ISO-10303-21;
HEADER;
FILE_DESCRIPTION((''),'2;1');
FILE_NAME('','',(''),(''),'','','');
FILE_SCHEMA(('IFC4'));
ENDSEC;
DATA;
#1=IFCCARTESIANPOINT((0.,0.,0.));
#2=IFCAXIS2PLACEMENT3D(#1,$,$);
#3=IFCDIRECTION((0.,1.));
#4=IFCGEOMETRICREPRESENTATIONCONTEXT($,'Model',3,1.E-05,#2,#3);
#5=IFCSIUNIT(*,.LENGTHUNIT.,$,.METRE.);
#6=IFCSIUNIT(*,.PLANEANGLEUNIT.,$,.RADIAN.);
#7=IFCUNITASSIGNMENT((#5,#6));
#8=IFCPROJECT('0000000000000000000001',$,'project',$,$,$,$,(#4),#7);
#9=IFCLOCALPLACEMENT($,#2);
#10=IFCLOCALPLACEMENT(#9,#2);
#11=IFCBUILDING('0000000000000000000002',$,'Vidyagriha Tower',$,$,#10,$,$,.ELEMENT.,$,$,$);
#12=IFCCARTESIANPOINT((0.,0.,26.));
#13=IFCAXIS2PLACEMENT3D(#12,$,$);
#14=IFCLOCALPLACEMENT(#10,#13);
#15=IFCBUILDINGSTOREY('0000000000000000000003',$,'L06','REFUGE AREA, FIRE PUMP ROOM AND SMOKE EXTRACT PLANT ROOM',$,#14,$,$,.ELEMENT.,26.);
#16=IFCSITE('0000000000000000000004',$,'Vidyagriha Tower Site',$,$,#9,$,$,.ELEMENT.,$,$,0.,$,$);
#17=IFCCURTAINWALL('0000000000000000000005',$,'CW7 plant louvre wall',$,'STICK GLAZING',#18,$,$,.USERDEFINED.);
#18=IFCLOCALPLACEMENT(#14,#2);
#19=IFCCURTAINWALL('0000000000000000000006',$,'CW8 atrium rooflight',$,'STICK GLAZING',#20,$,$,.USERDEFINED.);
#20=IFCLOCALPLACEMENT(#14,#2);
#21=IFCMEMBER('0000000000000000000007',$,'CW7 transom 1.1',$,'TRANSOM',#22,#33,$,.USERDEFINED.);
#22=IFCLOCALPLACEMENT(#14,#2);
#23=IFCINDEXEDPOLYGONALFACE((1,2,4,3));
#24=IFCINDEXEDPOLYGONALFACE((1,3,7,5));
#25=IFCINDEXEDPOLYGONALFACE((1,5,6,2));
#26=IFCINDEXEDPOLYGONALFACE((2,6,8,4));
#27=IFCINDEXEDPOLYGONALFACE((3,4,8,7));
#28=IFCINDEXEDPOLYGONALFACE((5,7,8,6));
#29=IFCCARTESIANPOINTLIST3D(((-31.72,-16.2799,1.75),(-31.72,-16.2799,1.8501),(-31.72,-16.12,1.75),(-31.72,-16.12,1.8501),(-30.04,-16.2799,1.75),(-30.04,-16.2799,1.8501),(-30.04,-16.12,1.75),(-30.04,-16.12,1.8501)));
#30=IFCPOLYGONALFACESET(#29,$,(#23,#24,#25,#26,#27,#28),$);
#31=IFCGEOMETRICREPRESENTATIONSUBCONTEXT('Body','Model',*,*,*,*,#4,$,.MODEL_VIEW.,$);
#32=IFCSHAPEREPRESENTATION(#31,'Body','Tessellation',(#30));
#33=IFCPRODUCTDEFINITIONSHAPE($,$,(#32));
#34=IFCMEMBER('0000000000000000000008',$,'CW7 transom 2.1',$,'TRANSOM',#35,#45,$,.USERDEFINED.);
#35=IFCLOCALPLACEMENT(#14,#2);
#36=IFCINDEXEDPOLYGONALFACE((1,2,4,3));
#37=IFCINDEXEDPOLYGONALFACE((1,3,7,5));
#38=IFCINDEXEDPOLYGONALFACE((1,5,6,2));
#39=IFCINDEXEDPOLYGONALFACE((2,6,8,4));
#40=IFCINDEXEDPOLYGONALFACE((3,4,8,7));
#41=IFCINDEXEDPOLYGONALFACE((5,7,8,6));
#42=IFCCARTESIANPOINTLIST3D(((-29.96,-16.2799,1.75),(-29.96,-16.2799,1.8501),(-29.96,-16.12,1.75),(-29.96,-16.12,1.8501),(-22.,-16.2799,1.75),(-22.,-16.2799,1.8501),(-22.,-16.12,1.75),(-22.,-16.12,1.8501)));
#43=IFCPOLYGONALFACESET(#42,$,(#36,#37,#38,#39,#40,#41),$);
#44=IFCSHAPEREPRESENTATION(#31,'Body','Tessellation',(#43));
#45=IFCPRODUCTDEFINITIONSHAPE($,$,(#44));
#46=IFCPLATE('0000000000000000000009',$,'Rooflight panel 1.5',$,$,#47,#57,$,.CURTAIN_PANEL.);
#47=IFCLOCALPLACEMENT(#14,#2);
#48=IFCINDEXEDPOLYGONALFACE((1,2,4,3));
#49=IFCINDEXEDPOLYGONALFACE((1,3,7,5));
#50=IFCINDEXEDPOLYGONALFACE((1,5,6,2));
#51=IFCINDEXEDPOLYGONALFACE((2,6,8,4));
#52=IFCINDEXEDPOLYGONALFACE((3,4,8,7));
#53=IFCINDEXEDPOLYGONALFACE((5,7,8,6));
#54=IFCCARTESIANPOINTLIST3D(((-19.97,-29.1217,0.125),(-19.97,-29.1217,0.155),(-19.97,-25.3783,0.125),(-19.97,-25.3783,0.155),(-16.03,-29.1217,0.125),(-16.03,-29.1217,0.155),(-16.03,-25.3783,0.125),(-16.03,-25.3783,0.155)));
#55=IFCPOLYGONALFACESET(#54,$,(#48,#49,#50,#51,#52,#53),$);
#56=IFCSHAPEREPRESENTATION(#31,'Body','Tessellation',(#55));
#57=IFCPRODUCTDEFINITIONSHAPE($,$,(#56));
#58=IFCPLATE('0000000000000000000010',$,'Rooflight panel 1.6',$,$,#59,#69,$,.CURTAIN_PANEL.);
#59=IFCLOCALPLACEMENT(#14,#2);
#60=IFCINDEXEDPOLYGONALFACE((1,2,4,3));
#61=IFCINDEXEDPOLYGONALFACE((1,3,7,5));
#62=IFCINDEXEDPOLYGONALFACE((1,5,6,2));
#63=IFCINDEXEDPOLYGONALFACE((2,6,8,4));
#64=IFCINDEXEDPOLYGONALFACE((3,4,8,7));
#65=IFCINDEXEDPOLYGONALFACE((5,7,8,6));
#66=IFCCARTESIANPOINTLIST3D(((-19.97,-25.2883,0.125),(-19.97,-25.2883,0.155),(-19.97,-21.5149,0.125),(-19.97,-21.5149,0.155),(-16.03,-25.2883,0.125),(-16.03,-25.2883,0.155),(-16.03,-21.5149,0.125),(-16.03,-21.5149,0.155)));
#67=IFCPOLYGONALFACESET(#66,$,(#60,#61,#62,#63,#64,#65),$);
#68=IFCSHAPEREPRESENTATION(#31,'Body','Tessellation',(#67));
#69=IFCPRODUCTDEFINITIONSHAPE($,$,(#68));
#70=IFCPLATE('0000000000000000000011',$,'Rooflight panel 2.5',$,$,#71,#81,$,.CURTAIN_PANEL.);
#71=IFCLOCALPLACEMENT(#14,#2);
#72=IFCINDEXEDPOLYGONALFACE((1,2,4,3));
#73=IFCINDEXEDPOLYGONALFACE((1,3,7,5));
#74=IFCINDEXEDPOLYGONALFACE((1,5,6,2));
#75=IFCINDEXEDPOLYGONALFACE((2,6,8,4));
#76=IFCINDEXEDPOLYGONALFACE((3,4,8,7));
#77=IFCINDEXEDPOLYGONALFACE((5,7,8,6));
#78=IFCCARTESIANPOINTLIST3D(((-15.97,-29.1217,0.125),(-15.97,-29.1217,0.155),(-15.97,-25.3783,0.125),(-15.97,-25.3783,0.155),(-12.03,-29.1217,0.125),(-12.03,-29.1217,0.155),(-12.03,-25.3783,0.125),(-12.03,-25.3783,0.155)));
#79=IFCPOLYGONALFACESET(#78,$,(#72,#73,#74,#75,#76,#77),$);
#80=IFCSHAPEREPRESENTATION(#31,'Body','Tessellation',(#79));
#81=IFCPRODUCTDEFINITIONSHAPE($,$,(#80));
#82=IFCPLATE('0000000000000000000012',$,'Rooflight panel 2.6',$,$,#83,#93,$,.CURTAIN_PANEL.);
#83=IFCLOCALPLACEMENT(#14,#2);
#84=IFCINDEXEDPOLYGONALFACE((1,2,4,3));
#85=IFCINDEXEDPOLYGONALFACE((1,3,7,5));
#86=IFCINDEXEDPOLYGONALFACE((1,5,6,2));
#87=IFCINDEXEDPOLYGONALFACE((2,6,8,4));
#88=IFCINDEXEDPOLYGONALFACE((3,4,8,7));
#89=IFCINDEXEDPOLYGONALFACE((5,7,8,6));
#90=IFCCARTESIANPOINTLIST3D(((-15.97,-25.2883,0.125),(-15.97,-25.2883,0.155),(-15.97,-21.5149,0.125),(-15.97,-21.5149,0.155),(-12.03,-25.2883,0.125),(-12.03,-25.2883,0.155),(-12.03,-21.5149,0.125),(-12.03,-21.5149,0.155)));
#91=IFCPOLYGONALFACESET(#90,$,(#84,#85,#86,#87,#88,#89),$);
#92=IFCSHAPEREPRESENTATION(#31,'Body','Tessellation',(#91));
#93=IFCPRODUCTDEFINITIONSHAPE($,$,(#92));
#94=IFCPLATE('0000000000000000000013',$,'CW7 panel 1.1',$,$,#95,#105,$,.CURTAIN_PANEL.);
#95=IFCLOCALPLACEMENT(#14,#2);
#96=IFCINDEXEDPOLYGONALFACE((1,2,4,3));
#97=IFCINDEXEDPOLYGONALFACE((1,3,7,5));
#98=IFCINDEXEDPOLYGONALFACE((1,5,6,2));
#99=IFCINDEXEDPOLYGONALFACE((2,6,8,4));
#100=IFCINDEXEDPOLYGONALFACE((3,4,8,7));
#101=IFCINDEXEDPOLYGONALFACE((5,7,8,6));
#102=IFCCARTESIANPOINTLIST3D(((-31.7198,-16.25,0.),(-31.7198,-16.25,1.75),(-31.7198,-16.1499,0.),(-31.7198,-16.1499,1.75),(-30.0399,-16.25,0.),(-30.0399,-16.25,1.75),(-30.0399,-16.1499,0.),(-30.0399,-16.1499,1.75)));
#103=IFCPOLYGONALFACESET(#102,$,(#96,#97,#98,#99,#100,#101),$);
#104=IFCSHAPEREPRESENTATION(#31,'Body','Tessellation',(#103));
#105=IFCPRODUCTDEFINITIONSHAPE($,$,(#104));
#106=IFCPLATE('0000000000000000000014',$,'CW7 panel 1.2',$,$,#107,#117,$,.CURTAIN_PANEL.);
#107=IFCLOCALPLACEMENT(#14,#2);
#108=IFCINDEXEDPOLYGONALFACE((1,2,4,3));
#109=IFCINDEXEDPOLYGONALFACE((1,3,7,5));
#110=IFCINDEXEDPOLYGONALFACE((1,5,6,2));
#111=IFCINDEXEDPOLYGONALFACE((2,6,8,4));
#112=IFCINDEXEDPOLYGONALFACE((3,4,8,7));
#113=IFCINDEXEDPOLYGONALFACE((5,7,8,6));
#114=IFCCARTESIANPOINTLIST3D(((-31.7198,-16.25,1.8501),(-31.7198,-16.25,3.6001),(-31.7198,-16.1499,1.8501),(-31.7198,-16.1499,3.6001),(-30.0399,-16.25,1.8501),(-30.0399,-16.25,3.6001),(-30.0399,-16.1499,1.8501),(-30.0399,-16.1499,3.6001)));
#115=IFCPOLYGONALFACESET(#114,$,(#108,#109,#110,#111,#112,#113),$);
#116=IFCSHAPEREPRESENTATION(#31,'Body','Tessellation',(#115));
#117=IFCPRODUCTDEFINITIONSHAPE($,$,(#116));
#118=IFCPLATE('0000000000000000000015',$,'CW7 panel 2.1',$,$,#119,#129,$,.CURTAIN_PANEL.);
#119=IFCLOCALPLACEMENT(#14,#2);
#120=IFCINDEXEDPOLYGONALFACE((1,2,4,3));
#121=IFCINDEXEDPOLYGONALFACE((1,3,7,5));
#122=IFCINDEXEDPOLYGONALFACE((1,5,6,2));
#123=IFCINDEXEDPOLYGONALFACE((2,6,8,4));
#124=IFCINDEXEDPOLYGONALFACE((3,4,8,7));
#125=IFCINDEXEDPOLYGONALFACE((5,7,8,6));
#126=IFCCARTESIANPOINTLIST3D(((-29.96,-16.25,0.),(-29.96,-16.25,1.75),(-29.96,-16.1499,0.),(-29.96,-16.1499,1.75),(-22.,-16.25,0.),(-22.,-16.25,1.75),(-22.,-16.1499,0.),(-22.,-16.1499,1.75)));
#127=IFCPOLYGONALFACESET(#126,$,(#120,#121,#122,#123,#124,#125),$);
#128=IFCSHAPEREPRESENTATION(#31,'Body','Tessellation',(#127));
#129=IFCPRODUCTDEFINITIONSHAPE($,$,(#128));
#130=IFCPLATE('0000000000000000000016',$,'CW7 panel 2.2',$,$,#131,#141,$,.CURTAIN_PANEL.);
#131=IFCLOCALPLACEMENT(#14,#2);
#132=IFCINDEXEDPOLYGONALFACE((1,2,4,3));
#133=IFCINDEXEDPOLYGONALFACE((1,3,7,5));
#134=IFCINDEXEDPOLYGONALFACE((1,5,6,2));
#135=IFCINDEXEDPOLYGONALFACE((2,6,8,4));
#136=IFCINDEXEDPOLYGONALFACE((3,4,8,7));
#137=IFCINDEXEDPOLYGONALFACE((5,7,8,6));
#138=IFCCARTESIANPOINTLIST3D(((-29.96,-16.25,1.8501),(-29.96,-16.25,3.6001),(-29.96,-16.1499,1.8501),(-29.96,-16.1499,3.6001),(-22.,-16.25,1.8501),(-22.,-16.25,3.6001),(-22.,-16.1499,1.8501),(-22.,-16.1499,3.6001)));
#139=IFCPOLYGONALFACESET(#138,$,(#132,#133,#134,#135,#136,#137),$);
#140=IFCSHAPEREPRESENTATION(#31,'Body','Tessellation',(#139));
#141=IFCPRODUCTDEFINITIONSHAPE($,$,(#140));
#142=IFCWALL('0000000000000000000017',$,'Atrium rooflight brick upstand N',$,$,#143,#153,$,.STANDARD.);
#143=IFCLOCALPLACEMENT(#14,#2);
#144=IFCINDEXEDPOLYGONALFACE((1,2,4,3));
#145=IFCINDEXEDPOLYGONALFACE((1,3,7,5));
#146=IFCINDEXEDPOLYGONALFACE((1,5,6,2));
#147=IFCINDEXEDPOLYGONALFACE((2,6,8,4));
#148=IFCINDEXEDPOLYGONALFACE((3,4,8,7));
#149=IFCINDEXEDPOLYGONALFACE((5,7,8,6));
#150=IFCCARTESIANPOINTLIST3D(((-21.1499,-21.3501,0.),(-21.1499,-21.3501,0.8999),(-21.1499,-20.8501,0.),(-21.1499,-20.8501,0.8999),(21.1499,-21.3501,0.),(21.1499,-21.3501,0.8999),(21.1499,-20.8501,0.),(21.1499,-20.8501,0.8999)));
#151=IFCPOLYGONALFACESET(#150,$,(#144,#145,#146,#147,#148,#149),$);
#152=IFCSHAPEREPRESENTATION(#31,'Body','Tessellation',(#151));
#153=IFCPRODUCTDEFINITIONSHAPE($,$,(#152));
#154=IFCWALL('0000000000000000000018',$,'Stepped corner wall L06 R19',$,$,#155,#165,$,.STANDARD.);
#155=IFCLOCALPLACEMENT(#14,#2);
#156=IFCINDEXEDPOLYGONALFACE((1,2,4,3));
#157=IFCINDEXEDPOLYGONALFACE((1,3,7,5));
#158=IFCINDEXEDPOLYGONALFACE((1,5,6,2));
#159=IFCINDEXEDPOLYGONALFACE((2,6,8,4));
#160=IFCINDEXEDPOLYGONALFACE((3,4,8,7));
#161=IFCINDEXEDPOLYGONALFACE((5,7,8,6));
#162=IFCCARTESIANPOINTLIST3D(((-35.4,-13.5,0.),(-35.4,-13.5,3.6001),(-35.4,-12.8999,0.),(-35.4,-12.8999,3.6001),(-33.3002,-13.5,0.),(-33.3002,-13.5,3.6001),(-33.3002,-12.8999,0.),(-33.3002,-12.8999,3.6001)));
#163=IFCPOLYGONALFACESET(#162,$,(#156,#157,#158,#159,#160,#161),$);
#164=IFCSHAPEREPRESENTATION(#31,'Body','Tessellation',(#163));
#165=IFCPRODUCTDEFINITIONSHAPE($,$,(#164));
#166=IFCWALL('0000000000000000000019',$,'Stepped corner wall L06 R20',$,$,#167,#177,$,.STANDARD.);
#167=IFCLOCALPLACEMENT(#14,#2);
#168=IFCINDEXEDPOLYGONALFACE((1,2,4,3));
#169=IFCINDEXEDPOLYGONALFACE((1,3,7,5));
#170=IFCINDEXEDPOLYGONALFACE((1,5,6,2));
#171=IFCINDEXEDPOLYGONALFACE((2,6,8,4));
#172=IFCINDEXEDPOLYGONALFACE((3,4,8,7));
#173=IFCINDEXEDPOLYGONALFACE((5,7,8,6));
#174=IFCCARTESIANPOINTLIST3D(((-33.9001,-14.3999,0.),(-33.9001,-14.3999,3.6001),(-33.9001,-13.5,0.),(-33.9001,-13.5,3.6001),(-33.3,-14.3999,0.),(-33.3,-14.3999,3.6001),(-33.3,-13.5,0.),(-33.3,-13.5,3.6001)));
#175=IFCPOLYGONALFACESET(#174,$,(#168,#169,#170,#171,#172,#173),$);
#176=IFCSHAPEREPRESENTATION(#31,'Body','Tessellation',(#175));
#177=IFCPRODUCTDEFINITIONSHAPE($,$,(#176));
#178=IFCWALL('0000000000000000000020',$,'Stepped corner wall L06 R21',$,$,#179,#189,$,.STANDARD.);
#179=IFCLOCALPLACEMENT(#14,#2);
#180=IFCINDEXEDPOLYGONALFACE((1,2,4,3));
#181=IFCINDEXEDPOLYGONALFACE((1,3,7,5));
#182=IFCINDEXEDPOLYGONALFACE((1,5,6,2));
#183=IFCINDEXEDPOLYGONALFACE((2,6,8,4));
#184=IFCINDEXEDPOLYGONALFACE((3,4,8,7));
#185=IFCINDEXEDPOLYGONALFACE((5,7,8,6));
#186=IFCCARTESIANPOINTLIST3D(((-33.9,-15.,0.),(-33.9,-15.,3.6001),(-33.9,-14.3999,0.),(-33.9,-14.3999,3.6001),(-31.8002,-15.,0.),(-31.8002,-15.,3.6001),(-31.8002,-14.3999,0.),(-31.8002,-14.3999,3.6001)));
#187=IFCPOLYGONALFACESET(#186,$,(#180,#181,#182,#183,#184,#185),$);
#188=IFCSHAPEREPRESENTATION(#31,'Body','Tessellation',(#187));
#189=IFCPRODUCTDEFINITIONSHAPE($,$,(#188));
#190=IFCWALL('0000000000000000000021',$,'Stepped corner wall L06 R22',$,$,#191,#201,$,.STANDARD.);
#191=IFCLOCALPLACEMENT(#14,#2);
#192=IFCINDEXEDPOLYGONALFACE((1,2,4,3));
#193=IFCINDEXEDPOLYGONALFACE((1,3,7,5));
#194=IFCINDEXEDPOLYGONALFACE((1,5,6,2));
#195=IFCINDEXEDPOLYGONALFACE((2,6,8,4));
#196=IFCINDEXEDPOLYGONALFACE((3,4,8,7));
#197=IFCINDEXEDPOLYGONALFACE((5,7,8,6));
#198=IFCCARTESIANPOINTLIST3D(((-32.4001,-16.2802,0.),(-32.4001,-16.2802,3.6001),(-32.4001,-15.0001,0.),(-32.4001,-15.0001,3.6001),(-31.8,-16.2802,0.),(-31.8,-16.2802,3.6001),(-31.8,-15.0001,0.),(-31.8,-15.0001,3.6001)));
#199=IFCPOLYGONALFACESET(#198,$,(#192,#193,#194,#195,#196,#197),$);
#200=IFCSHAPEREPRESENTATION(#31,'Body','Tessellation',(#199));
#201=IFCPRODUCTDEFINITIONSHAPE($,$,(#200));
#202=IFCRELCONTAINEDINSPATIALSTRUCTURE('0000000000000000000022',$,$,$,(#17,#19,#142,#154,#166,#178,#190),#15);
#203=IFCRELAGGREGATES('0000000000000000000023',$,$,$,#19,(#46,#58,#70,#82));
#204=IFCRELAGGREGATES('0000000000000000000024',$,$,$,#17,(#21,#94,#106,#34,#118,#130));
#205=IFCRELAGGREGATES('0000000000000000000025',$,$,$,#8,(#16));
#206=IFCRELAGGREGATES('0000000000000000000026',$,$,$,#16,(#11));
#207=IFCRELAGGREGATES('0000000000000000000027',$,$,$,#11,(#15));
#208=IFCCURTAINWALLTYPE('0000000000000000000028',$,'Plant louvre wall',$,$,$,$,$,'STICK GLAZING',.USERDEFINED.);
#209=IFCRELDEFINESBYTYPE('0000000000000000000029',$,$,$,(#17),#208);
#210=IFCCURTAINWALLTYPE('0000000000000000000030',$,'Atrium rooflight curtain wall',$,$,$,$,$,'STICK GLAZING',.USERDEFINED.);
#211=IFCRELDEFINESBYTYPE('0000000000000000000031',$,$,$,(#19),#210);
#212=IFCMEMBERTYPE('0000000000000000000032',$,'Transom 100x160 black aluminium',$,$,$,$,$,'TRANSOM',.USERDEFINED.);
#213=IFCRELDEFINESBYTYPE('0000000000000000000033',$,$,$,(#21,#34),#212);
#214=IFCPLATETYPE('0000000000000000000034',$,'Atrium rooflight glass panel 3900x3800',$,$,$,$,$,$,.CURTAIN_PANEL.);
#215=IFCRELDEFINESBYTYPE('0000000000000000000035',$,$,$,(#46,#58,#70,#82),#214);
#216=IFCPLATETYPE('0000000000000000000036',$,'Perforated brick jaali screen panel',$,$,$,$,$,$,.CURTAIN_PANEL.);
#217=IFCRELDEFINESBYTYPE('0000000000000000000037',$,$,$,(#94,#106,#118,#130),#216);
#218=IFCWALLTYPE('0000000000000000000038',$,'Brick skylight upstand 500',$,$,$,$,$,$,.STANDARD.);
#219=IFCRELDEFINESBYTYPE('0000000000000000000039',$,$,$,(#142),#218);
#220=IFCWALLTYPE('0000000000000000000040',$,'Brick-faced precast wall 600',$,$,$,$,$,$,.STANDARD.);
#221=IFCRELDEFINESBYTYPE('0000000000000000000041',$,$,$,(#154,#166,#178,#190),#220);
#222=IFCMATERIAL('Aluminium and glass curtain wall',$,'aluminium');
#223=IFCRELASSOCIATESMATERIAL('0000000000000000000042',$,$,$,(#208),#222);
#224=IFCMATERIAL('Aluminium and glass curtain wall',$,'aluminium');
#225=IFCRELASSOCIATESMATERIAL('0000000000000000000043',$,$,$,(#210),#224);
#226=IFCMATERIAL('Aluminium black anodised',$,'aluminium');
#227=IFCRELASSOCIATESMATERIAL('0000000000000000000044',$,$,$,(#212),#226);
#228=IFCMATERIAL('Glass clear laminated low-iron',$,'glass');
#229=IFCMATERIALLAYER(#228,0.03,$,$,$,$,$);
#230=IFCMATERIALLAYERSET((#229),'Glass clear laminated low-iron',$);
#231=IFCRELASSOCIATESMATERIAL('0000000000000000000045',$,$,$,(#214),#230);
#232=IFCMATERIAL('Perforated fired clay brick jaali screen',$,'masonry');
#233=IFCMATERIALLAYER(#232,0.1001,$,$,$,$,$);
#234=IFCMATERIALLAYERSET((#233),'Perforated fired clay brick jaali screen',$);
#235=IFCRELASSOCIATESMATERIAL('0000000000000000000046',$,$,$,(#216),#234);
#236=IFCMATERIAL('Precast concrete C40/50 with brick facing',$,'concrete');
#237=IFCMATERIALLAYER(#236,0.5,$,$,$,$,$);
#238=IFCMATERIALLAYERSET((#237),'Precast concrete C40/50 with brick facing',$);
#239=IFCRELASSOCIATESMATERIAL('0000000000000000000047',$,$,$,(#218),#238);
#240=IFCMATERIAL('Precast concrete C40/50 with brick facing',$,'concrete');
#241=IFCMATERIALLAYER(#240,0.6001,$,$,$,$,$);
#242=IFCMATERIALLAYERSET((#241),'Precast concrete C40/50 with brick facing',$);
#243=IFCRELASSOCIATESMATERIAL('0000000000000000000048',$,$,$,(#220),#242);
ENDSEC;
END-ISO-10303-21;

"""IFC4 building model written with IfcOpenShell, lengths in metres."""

from ifc_helpers import new_model, si_unit, direction, frame, frame_2d, origin, origin_2d, place, context, subcontext, project, spatial, rectangle, extrude, material, layer, layer_set, material_profile, profile_set, type_object, element, aggregate, save


model = new_model("IFC4")

# Units and contexts
model_context = context("Model", 3, precision=1e-05, world=origin(), true_north=direction((0.0, 1.0)))
body_context = subcontext(model_context, "Body", "Model", "MODEL_VIEW")
ifc_project = project(units=[si_unit("LENGTHUNIT", "METRE"), si_unit("PLANEANGLEUNIT", "RADIAN")], contexts=[model_context])

# Site, building, storey
site_placement = place(None, origin())
site = spatial("IfcSite", under=ifc_project, at=site_placement, Name="Vidyagriha Tower Site", CompositionType="ELEMENT", RefElevation=0.0)
building_placement = place(site_placement, origin())
building = spatial("IfcBuilding", under=site, at=building_placement, Name="Vidyagriha Tower", CompositionType="ELEMENT")
storey_placement = place(building_placement, frame((0.0, 0.0, 26.0)))
storey = spatial("IfcBuildingStorey", under=building, at=storey_placement, Name="L06", Description="REFUGE AREA, FIRE PUMP ROOM AND SMOKE EXTRACT PLANT ROOM", CompositionType="ELEMENT", Elevation=26.0)

# Curtain walls
ifc_material_1 = material(Name="Aluminium and glass curtain wall", Category="aluminium")
curtain_wall_type_1 = type_object("IfcCurtainWallType", Name="Plant louvre wall", ElementType="STICK GLAZING", PredefinedType="USERDEFINED", material=ifc_material_1)
curtain_wall_1_placement = place(storey_placement, origin())
curtain_wall_1 = element("IfcCurtainWall", 1, at=curtain_wall_1_placement, inside=storey, type_object=curtain_wall_type_1, Name="CW7 plant louvre wall", ObjectType="STICK GLAZING", PredefinedType="USERDEFINED")
ifc_material_2 = material(Name="Aluminium and glass curtain wall", Category="aluminium")
curtain_wall_type_2 = type_object("IfcCurtainWallType", Name="Atrium rooflight curtain wall", ElementType="STICK GLAZING", PredefinedType="USERDEFINED", material=ifc_material_2)
curtain_wall_2_placement = place(storey_placement, origin())
curtain_wall_2 = element("IfcCurtainWall", 2, at=curtain_wall_2_placement, inside=storey, type_object=curtain_wall_type_2, Name="CW8 atrium rooflight", ObjectType="STICK GLAZING", PredefinedType="USERDEFINED")

# Members
ifc_material_3 = material(Name="Aluminium black anodised", Category="aluminium")
ifc_material_profile_1 = material_profile(ifc_material_3, rectangle(XDim=0.1599, YDim=0.1001, at=origin_2d()), Name="Transom 100x160 black aluminium")
ifc_profile_set_1 = profile_set([ifc_material_profile_1], Name="Aluminium black anodised")
member_type_1 = type_object("IfcMemberType", Name="Transom 100x160 black aluminium", ElementType="TRANSOM", PredefinedType="USERDEFINED", material=ifc_profile_set_1)
member_1_placement = place(storey_placement, frame((-31.72, -16.2, 1.8), z_axis=(1.0, 0.0, 0.0), x_axis=(0.0, 1.0, 0.0)))
member_1 = element("IfcMember", 3, at=member_1_placement, type_object=member_type_1, Name="CW7 transom 1.1", ObjectType="TRANSOM", PredefinedType="USERDEFINED", context=body_context, shape_type="SweptSolid", body=[
    extrude(rectangle(XDim=0.1599, YDim=0.1001, at=origin_2d()), origin(), (0.0, 0.0, 1.0), 1.6799),
])
member_2_placement = place(storey_placement, frame((-29.96, -16.2, 1.8), z_axis=(1.0, 0.0, 0.0), x_axis=(0.0, 1.0, 0.0)))
member_2 = element("IfcMember", 4, at=member_2_placement, type_object=member_type_1, Name="CW7 transom 2.1", ObjectType="TRANSOM", PredefinedType="USERDEFINED", context=body_context, shape_type="SweptSolid", body=[
    extrude(rectangle(XDim=0.1599, YDim=0.1001, at=origin_2d()), origin(), (0.0, 0.0, 1.0), 7.96),
])

# Plates
ifc_material_4 = material(Name="Glass clear laminated low-iron", Category="glass")
ifc_layer_1 = layer(ifc_material_4, 0.03)
ifc_layer_set_1 = layer_set([ifc_layer_1], Name="Glass clear laminated low-iron")
plate_type_1 = type_object("IfcPlateType", Name="Atrium rooflight glass panel 3900x3800", PredefinedType="CURTAIN_PANEL", material=ifc_layer_set_1)
plate_1_placement = place(storey_placement, frame((-18.0, -27.25, 0.125)))
plate_1 = element("IfcPlate", 5, at=plate_1_placement, type_object=plate_type_1, Name="Rooflight panel 1.5", PredefinedType="CURTAIN_PANEL", context=body_context, shape_type="SweptSolid", body=[
    extrude(rectangle(XDim=3.9399, YDim=3.7434, at=origin_2d()), origin(), (0.0, 0.0, 1.0), 0.03),
])
plate_2_placement = place(storey_placement, frame((-18.0, -23.4016, 0.125)))
plate_2 = element("IfcPlate", 6, at=plate_2_placement, type_object=plate_type_1, Name="Rooflight panel 1.6", PredefinedType="CURTAIN_PANEL", context=body_context, shape_type="SweptSolid", body=[
    extrude(rectangle(XDim=3.9399, YDim=3.7734, at=origin_2d()), origin(), (0.0, 0.0, 1.0), 0.03),
])
plate_3_placement = place(storey_placement, frame((-14.0, -27.25, 0.125)))
plate_3 = element("IfcPlate", 7, at=plate_3_placement, type_object=plate_type_1, Name="Rooflight panel 2.5", PredefinedType="CURTAIN_PANEL", context=body_context, shape_type="SweptSolid", body=[
    extrude(rectangle(XDim=3.9399, YDim=3.7434, at=origin_2d()), origin(), (0.0, 0.0, 1.0), 0.03),
])
plate_4_placement = place(storey_placement, frame((-14.0, -23.4016, 0.125)))
plate_4 = element("IfcPlate", 8, at=plate_4_placement, type_object=plate_type_1, Name="Rooflight panel 2.6", PredefinedType="CURTAIN_PANEL", context=body_context, shape_type="SweptSolid", body=[
    extrude(rectangle(XDim=3.9399, YDim=3.7734, at=origin_2d()), origin(), (0.0, 0.0, 1.0), 0.03),
])
aggregate(curtain_wall_2, [plate_1, plate_2, plate_3, plate_4])
ifc_material_5 = material(Name="Perforated fired clay brick jaali screen", Category="masonry")
ifc_layer_2 = layer(ifc_material_5, 0.1001)
ifc_layer_set_2 = layer_set([ifc_layer_2], Name="Perforated fired clay brick jaali screen")
plate_type_2 = type_object("IfcPlateType", Name="Perforated brick jaali screen panel", PredefinedType="CURTAIN_PANEL", material=ifc_layer_set_2)
plate_5_placement = place(storey_placement, frame((-30.8799, -16.2, 0.0)))
plate_5 = element("IfcPlate", 9, at=plate_5_placement, type_object=plate_type_2, Name="CW7 panel 1.1", PredefinedType="CURTAIN_PANEL", context=body_context, shape_type="SweptSolid", body=[
    extrude(rectangle(XDim=1.6799, YDim=0.1001, at=origin_2d()), origin(), (0.0, 0.0, 1.0), 1.75),
])
plate_6_placement = place(storey_placement, frame((-30.8799, -16.2, 1.8501)))
plate_6 = element("IfcPlate", 10, at=plate_6_placement, type_object=plate_type_2, Name="CW7 panel 1.2", PredefinedType="CURTAIN_PANEL", context=body_context, shape_type="SweptSolid", body=[
    extrude(rectangle(XDim=1.6799, YDim=0.1001, at=origin_2d()), origin(), (0.0, 0.0, 1.0), 1.75),
])
plate_7_placement = place(storey_placement, frame((-25.98, -16.2, 0.0)))
plate_7 = element("IfcPlate", 11, at=plate_7_placement, type_object=plate_type_2, Name="CW7 panel 2.1", PredefinedType="CURTAIN_PANEL", context=body_context, shape_type="SweptSolid", body=[
    extrude(rectangle(XDim=7.96, YDim=0.1001, at=origin_2d()), origin(), (0.0, 0.0, 1.0), 1.75),
])
plate_8_placement = place(storey_placement, frame((-25.98, -16.2, 1.8501)))
plate_8 = element("IfcPlate", 12, at=plate_8_placement, type_object=plate_type_2, Name="CW7 panel 2.2", PredefinedType="CURTAIN_PANEL", context=body_context, shape_type="SweptSolid", body=[
    extrude(rectangle(XDim=7.96, YDim=0.1001, at=origin_2d()), origin(), (0.0, 0.0, 1.0), 1.75),
])
aggregate(curtain_wall_1, [member_1, plate_5, plate_6, member_2, plate_7, plate_8])

# Walls
ifc_material_6 = material(Name="Precast concrete C40/50 with brick facing", Category="concrete")
ifc_layer_3 = layer(ifc_material_6, 0.5)
ifc_layer_set_3 = layer_set([ifc_layer_3], Name="Precast concrete C40/50 with brick facing")
wall_type_1 = type_object("IfcWallType", Name="Brick skylight upstand 500", PredefinedType="STANDARD", material=ifc_layer_set_3)
wall_1_placement = place(storey_placement, frame((-21.1499, -21.1001, 0.0)))
element("IfcWall", 13, at=wall_1_placement, inside=storey, type_object=wall_type_1, Name="Atrium rooflight brick upstand N", PredefinedType="STANDARD", context=body_context, shape_type="SweptSolid", body=[
    extrude(rectangle(XDim=42.2998, YDim=0.5, at=frame_2d((21.1499, 0.0))), origin(), (0.0, 0.0, 1.0), 0.8999),
])
ifc_material_7 = material(Name="Precast concrete C40/50 with brick facing", Category="concrete")
ifc_layer_4 = layer(ifc_material_7, 0.6001)
ifc_layer_set_4 = layer_set([ifc_layer_4], Name="Precast concrete C40/50 with brick facing")
wall_type_2 = type_object("IfcWallType", Name="Brick-faced precast wall 600", PredefinedType="STANDARD", material=ifc_layer_set_4)
wall_2_placement = place(storey_placement, frame((-35.3999, -13.2, 0.0)))
element("IfcWall", 14, at=wall_2_placement, inside=storey, type_object=wall_type_2, Name="Stepped corner wall L06 R19", PredefinedType="STANDARD", context=body_context, shape_type="SweptSolid", body=[
    extrude(rectangle(XDim=2.0999, YDim=0.6001, at=frame_2d((1.0498, 0.0))), origin(), (0.0, 0.0, 1.0), 3.6001),
])
wall_3_placement = place(storey_placement, frame((-33.6001, -13.5, 0.0), z_axis=(0.0, 0.0, 1.0), x_axis=(0.0, -1.0, 0.0)))
element("IfcWall", 15, at=wall_3_placement, inside=storey, type_object=wall_type_2, Name="Stepped corner wall L06 R20", PredefinedType="STANDARD", context=body_context, shape_type="SweptSolid", body=[
    extrude(rectangle(XDim=0.8999, YDim=0.6001, at=frame_2d((0.45, 0.0))), origin(), (0.0, 0.0, 1.0), 3.6001),
])
wall_4_placement = place(storey_placement, frame((-33.8999, -14.7, 0.0)))
element("IfcWall", 16, at=wall_4_placement, inside=storey, type_object=wall_type_2, Name="Stepped corner wall L06 R21", PredefinedType="STANDARD", context=body_context, shape_type="SweptSolid", body=[
    extrude(rectangle(XDim=2.0999, YDim=0.6001, at=frame_2d((1.0498, 0.0))), origin(), (0.0, 0.0, 1.0), 3.6001),
])
wall_5_placement = place(storey_placement, frame((-32.1001, -15.0, 0.0), z_axis=(0.0, 0.0, 1.0), x_axis=(0.0, -1.0, 0.0)))
element("IfcWall", 17, at=wall_5_placement, inside=storey, type_object=wall_type_2, Name="Stepped corner wall L06 R22", PredefinedType="STANDARD", context=body_context, shape_type="SweptSolid", body=[
    extrude(rectangle(XDim=1.28, YDim=0.6001, at=frame_2d((0.6401, 0.0))), origin(), (0.0, 0.0, 1.0), 3.6001),
])

save(model, "model.ifc")
